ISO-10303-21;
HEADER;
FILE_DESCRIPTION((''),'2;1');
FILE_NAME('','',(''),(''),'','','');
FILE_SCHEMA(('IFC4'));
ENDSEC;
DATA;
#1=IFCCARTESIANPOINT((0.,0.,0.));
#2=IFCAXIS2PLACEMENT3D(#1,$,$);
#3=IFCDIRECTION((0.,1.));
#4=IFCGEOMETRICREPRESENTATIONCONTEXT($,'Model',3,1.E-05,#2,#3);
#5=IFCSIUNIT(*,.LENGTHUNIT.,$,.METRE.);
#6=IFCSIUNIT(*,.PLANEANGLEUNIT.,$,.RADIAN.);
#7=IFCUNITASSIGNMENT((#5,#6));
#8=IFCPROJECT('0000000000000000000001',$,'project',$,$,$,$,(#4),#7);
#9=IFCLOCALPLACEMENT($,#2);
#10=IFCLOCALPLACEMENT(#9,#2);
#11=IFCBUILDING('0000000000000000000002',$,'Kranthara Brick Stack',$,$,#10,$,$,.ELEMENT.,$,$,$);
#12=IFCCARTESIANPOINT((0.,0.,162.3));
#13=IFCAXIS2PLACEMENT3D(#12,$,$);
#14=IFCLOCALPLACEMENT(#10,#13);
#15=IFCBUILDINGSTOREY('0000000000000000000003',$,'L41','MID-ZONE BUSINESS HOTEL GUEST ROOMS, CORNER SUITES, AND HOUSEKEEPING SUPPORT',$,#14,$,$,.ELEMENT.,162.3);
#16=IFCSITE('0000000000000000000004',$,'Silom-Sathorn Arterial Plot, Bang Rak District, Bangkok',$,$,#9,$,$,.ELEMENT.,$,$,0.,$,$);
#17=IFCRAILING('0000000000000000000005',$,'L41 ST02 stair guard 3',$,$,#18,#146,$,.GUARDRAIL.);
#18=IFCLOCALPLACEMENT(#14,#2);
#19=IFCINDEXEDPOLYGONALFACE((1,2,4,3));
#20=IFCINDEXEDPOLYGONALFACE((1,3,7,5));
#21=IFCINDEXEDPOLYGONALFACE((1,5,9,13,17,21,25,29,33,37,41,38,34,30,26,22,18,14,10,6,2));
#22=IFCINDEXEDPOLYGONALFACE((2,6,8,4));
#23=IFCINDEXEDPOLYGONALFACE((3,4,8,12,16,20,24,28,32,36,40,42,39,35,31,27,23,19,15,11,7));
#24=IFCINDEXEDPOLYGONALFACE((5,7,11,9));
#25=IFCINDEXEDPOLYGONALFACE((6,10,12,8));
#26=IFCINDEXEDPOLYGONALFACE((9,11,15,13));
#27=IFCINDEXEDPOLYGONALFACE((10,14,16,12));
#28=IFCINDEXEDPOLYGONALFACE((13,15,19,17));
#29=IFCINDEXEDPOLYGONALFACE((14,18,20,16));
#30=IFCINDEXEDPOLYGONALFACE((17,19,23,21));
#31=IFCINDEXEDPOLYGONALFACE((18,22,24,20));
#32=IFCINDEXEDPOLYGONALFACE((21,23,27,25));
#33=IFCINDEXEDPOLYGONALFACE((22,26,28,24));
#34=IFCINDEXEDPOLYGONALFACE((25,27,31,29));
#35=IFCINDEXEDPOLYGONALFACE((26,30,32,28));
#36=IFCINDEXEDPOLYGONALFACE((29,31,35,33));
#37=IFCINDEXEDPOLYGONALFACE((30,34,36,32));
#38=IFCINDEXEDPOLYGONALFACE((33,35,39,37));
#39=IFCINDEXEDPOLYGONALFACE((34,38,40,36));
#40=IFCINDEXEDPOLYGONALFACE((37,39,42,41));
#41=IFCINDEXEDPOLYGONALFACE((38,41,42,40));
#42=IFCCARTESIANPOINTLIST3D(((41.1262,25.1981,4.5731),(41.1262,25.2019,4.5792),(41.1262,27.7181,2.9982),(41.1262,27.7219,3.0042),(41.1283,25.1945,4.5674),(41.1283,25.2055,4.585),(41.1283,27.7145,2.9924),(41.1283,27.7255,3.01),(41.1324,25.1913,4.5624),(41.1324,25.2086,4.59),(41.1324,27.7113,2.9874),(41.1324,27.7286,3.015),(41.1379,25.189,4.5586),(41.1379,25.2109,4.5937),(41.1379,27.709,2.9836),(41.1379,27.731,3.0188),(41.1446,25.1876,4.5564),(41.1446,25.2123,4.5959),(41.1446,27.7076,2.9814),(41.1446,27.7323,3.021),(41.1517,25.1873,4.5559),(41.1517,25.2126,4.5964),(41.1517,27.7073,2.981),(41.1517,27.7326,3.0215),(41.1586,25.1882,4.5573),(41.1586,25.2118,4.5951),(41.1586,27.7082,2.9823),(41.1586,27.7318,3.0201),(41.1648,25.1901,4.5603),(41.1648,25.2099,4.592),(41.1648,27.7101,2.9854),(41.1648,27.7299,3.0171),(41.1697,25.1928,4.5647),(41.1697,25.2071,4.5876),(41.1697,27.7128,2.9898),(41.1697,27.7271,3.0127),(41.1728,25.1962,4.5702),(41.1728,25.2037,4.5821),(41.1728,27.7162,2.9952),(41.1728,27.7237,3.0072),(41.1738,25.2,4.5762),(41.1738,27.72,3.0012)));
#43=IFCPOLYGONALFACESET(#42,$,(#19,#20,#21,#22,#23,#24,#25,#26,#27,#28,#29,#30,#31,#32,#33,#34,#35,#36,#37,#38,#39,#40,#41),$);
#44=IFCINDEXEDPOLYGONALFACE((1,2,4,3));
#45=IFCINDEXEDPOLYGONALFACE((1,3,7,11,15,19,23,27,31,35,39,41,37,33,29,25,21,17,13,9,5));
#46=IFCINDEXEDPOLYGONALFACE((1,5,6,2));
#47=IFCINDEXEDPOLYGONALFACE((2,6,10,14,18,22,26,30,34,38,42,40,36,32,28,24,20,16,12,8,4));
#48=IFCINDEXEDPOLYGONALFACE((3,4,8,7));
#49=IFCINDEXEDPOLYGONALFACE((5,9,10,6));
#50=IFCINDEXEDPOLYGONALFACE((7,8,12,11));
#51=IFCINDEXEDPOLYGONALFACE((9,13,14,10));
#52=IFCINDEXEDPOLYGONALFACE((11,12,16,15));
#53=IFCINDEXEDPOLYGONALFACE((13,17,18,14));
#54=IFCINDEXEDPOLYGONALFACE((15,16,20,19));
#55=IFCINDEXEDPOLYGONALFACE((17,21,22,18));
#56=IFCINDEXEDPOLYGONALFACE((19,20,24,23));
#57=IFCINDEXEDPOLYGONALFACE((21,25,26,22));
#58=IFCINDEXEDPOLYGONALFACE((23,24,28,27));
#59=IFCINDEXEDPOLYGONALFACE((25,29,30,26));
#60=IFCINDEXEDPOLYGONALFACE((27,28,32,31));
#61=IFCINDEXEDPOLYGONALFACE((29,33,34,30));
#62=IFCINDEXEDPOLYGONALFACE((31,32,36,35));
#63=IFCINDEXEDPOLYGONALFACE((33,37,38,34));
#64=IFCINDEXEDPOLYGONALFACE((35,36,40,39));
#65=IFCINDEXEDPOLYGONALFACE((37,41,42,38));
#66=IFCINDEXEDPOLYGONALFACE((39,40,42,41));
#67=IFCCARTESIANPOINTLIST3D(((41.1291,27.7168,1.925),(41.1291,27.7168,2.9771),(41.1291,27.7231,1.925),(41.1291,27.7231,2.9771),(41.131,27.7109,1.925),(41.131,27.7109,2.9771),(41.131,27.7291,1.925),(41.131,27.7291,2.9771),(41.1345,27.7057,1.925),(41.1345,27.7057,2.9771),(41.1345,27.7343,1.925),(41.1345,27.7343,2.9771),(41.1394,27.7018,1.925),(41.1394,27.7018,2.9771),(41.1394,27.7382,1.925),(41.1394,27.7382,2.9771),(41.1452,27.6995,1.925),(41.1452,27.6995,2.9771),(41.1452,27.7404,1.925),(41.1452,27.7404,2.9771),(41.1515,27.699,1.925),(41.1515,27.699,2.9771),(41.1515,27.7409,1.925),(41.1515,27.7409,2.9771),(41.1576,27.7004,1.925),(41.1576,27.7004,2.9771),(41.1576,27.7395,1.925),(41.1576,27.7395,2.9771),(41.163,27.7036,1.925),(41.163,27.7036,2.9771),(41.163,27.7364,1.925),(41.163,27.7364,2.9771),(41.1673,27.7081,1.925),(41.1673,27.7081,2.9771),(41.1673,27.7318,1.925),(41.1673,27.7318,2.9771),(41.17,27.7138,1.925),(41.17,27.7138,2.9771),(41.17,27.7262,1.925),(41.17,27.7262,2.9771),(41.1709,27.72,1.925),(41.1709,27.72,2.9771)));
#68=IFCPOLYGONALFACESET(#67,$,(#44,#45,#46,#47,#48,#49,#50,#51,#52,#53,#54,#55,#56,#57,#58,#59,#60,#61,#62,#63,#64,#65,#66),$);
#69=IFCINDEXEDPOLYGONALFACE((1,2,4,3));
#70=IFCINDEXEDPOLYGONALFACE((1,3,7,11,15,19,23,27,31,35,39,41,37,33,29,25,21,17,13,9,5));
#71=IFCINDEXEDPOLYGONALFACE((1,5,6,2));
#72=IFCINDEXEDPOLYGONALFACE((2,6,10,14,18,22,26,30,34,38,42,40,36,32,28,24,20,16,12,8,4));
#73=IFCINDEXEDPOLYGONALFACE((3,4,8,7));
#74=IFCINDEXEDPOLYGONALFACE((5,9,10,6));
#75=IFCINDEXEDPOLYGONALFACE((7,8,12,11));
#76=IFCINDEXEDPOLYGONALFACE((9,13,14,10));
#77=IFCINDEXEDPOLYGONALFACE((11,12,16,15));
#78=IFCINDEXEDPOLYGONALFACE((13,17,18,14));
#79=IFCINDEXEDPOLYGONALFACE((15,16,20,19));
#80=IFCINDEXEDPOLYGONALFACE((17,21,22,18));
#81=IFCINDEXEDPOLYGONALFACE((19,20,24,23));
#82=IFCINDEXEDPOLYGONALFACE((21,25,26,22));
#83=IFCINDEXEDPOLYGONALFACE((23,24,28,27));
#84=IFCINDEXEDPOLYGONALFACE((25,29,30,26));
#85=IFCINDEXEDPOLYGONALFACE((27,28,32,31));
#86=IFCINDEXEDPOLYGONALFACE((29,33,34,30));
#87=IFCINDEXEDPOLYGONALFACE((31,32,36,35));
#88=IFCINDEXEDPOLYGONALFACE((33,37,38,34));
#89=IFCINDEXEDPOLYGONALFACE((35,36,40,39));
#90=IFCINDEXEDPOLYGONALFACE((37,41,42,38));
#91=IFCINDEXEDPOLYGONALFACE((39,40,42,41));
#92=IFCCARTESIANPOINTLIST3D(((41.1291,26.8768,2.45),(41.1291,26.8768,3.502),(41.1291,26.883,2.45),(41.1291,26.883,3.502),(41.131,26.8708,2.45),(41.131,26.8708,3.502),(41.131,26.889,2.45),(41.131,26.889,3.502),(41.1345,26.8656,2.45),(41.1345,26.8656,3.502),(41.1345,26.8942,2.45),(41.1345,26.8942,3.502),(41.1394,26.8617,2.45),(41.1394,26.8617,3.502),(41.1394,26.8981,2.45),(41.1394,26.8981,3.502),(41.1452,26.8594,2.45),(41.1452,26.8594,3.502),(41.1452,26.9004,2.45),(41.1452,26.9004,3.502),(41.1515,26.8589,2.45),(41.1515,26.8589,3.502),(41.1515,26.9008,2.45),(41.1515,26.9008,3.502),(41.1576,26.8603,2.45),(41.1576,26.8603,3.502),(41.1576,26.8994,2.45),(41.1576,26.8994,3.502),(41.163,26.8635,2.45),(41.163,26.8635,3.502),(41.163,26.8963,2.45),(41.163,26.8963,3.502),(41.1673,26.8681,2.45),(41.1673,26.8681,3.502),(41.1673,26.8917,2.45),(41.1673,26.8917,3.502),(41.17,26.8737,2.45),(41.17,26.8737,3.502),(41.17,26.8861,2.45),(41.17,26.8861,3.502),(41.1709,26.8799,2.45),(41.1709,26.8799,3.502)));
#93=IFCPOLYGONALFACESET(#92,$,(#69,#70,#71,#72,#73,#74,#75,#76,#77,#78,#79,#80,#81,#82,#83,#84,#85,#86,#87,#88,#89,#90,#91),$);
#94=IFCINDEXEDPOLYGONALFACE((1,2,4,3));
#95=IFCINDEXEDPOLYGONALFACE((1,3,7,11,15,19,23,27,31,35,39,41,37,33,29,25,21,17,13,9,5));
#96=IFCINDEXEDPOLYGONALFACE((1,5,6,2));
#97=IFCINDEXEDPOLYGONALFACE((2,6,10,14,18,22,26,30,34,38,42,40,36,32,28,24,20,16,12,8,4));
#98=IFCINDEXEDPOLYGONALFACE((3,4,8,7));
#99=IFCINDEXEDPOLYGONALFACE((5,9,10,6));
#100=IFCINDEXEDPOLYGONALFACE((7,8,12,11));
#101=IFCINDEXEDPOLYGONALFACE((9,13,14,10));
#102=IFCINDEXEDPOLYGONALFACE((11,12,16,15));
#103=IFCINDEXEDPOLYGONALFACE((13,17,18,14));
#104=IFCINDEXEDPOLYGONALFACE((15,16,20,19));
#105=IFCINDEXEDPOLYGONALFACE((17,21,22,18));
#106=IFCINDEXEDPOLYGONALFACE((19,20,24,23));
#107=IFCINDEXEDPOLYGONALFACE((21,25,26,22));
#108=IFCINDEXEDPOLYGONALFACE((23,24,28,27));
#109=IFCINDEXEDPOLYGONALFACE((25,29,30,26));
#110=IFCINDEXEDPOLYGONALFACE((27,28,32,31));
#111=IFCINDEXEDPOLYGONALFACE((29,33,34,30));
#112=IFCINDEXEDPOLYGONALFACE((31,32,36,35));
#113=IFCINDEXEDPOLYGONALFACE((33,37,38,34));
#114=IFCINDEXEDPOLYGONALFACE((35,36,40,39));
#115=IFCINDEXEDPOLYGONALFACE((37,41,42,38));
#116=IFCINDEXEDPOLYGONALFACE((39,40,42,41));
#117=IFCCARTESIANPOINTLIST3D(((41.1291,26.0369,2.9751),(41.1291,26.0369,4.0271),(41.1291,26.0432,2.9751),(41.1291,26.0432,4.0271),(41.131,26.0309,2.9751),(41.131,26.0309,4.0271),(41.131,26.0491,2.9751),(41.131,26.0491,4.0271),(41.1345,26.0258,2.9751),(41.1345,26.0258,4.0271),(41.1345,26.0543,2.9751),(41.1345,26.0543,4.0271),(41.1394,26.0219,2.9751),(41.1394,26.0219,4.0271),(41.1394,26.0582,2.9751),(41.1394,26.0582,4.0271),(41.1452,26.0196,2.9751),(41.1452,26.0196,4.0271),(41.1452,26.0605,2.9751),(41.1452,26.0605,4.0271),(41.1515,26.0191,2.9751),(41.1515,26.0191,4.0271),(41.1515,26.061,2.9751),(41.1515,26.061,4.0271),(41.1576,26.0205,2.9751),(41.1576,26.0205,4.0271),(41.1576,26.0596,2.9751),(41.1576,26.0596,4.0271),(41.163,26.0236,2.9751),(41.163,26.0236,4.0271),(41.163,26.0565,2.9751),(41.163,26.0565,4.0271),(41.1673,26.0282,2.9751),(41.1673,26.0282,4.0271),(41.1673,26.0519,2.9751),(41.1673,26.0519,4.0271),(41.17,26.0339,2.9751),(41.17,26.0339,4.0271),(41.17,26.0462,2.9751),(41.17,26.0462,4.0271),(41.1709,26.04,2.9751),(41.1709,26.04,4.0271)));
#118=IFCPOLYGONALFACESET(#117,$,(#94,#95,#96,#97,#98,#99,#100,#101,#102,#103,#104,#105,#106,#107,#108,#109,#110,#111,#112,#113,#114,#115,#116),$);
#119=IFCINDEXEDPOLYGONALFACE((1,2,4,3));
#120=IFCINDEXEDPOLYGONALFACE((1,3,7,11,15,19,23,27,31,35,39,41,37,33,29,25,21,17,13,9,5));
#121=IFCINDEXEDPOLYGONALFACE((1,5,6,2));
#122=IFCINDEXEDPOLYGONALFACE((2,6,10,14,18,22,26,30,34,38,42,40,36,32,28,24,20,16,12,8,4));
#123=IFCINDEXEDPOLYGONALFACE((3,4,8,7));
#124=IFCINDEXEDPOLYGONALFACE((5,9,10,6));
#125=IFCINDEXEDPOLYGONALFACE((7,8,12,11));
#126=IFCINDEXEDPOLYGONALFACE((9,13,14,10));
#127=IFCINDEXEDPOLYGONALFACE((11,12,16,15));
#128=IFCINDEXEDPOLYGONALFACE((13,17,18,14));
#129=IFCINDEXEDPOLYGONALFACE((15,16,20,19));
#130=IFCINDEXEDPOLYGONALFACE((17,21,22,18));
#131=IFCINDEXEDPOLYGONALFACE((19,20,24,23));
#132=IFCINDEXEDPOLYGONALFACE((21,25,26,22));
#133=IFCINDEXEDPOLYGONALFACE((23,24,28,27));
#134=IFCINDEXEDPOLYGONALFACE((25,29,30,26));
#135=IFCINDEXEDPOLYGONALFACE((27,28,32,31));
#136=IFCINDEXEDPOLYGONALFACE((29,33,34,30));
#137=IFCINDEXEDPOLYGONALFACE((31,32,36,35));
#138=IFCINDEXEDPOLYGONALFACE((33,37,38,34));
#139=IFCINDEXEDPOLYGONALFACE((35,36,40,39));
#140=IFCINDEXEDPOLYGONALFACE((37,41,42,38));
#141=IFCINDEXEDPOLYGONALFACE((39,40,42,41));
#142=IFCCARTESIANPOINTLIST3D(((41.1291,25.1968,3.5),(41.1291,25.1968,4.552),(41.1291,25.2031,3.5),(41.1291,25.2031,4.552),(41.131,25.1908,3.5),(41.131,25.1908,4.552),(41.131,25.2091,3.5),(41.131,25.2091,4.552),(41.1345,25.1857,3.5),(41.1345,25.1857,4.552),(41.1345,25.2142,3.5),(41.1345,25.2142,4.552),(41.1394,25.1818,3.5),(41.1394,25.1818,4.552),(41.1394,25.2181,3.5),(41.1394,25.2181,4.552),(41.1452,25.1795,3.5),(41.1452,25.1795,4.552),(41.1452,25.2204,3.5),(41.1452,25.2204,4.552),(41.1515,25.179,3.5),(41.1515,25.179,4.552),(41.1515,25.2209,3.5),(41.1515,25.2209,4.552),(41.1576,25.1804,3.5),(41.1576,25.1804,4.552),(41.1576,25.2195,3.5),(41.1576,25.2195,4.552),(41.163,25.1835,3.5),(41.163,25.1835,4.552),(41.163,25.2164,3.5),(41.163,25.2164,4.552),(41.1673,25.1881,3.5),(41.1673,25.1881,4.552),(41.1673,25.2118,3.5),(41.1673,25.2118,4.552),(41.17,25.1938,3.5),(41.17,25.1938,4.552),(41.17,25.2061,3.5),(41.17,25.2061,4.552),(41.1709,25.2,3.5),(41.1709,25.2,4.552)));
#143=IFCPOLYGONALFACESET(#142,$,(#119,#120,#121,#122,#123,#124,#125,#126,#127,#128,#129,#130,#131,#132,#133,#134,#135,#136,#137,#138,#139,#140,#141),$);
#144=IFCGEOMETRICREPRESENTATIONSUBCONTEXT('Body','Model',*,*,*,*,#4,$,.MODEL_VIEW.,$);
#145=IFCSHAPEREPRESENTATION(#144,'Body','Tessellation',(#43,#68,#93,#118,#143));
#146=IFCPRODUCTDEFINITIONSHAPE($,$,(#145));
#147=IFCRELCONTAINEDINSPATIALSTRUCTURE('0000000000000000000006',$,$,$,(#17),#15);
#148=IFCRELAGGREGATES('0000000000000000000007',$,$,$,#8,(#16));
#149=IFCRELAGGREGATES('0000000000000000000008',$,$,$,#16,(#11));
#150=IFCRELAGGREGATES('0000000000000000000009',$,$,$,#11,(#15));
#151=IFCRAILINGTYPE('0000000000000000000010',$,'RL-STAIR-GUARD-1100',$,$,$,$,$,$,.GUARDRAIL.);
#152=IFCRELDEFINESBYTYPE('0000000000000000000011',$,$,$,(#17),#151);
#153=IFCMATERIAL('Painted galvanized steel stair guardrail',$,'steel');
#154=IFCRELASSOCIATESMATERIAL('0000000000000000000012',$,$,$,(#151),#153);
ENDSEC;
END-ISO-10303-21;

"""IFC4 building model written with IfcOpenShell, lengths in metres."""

from ifc_helpers import new_model, si_unit, direction, frame, origin, origin_2d, place, context, subcontext, project, spatial, circle, extrude, material, type_object, element, save


model = new_model("IFC4")

# Units and contexts
model_context = context("Model", 3, precision=1e-05, world=origin(), true_north=direction((0.0, 1.0)))
body_context = subcontext(model_context, "Body", "Model", "MODEL_VIEW")
ifc_project = project(units=[si_unit("LENGTHUNIT", "METRE"), si_unit("PLANEANGLEUNIT", "RADIAN")], contexts=[model_context])

# Site, building, storey
site_placement = place(None, origin())
site = spatial("IfcSite", under=ifc_project, at=site_placement, Name="Silom-Sathorn Arterial Plot, Bang Rak District, Bangkok", CompositionType="ELEMENT", RefElevation=0.0)
building_placement = place(site_placement, origin())
building = spatial("IfcBuilding", under=site, at=building_placement, Name="Kranthara Brick Stack", CompositionType="ELEMENT")
storey_placement = place(building_placement, frame((0.0, 0.0, 162.3)))
storey = spatial("IfcBuildingStorey", under=building, at=storey_placement, Name="L41", Description="MID-ZONE BUSINESS HOTEL GUEST ROOMS, CORNER SUITES, AND HOUSEKEEPING SUPPORT", CompositionType="ELEMENT", Elevation=162.3)

# Railing
ifc_material_1 = material(Name="Painted galvanized steel stair guardrail", Category="steel")
railing_type_1 = type_object("IfcRailingType", Name="RL-STAIR-GUARD-1100", PredefinedType="GUARDRAIL", material=ifc_material_1)
railing_1_placement = place(storey_placement, frame((41.1499, 27.72, 1.925)))
element("IfcRailing", 1, at=railing_1_placement, inside=storey, type_object=railing_type_1, Name="L41 ST02 stair guard 3", PredefinedType="GUARDRAIL", context=body_context, shape_type="SweptSolid", body=[
    extrude(circle(Radius=0.0239, at=origin_2d()), frame((0.0, 0.0, 1.0762), z_axis=(0.0, -0.848008, 0.529984), x_axis=(1.0, 0.0, 0.0)), (0.0, 0.0, 1.0), 2.9717),
    extrude(circle(Radius=0.021, at=origin_2d()), origin(), (0.0, 0.0, 1.0), 1.052),
    extrude(circle(Radius=0.021, at=origin_2d()), frame((0.0, -0.8401, 0.5249)), (0.0, 0.0, 1.0), 1.052),
    extrude(circle(Radius=0.021, at=origin_2d()), frame((0.0, -1.6799, 1.05)), (0.0, 0.0, 1.0), 1.052),
    extrude(circle(Radius=0.021, at=origin_2d()), frame((0.0, -2.52, 1.575)), (0.0, 0.0, 1.0), 1.052),
])

save(model, "model.ifc")
